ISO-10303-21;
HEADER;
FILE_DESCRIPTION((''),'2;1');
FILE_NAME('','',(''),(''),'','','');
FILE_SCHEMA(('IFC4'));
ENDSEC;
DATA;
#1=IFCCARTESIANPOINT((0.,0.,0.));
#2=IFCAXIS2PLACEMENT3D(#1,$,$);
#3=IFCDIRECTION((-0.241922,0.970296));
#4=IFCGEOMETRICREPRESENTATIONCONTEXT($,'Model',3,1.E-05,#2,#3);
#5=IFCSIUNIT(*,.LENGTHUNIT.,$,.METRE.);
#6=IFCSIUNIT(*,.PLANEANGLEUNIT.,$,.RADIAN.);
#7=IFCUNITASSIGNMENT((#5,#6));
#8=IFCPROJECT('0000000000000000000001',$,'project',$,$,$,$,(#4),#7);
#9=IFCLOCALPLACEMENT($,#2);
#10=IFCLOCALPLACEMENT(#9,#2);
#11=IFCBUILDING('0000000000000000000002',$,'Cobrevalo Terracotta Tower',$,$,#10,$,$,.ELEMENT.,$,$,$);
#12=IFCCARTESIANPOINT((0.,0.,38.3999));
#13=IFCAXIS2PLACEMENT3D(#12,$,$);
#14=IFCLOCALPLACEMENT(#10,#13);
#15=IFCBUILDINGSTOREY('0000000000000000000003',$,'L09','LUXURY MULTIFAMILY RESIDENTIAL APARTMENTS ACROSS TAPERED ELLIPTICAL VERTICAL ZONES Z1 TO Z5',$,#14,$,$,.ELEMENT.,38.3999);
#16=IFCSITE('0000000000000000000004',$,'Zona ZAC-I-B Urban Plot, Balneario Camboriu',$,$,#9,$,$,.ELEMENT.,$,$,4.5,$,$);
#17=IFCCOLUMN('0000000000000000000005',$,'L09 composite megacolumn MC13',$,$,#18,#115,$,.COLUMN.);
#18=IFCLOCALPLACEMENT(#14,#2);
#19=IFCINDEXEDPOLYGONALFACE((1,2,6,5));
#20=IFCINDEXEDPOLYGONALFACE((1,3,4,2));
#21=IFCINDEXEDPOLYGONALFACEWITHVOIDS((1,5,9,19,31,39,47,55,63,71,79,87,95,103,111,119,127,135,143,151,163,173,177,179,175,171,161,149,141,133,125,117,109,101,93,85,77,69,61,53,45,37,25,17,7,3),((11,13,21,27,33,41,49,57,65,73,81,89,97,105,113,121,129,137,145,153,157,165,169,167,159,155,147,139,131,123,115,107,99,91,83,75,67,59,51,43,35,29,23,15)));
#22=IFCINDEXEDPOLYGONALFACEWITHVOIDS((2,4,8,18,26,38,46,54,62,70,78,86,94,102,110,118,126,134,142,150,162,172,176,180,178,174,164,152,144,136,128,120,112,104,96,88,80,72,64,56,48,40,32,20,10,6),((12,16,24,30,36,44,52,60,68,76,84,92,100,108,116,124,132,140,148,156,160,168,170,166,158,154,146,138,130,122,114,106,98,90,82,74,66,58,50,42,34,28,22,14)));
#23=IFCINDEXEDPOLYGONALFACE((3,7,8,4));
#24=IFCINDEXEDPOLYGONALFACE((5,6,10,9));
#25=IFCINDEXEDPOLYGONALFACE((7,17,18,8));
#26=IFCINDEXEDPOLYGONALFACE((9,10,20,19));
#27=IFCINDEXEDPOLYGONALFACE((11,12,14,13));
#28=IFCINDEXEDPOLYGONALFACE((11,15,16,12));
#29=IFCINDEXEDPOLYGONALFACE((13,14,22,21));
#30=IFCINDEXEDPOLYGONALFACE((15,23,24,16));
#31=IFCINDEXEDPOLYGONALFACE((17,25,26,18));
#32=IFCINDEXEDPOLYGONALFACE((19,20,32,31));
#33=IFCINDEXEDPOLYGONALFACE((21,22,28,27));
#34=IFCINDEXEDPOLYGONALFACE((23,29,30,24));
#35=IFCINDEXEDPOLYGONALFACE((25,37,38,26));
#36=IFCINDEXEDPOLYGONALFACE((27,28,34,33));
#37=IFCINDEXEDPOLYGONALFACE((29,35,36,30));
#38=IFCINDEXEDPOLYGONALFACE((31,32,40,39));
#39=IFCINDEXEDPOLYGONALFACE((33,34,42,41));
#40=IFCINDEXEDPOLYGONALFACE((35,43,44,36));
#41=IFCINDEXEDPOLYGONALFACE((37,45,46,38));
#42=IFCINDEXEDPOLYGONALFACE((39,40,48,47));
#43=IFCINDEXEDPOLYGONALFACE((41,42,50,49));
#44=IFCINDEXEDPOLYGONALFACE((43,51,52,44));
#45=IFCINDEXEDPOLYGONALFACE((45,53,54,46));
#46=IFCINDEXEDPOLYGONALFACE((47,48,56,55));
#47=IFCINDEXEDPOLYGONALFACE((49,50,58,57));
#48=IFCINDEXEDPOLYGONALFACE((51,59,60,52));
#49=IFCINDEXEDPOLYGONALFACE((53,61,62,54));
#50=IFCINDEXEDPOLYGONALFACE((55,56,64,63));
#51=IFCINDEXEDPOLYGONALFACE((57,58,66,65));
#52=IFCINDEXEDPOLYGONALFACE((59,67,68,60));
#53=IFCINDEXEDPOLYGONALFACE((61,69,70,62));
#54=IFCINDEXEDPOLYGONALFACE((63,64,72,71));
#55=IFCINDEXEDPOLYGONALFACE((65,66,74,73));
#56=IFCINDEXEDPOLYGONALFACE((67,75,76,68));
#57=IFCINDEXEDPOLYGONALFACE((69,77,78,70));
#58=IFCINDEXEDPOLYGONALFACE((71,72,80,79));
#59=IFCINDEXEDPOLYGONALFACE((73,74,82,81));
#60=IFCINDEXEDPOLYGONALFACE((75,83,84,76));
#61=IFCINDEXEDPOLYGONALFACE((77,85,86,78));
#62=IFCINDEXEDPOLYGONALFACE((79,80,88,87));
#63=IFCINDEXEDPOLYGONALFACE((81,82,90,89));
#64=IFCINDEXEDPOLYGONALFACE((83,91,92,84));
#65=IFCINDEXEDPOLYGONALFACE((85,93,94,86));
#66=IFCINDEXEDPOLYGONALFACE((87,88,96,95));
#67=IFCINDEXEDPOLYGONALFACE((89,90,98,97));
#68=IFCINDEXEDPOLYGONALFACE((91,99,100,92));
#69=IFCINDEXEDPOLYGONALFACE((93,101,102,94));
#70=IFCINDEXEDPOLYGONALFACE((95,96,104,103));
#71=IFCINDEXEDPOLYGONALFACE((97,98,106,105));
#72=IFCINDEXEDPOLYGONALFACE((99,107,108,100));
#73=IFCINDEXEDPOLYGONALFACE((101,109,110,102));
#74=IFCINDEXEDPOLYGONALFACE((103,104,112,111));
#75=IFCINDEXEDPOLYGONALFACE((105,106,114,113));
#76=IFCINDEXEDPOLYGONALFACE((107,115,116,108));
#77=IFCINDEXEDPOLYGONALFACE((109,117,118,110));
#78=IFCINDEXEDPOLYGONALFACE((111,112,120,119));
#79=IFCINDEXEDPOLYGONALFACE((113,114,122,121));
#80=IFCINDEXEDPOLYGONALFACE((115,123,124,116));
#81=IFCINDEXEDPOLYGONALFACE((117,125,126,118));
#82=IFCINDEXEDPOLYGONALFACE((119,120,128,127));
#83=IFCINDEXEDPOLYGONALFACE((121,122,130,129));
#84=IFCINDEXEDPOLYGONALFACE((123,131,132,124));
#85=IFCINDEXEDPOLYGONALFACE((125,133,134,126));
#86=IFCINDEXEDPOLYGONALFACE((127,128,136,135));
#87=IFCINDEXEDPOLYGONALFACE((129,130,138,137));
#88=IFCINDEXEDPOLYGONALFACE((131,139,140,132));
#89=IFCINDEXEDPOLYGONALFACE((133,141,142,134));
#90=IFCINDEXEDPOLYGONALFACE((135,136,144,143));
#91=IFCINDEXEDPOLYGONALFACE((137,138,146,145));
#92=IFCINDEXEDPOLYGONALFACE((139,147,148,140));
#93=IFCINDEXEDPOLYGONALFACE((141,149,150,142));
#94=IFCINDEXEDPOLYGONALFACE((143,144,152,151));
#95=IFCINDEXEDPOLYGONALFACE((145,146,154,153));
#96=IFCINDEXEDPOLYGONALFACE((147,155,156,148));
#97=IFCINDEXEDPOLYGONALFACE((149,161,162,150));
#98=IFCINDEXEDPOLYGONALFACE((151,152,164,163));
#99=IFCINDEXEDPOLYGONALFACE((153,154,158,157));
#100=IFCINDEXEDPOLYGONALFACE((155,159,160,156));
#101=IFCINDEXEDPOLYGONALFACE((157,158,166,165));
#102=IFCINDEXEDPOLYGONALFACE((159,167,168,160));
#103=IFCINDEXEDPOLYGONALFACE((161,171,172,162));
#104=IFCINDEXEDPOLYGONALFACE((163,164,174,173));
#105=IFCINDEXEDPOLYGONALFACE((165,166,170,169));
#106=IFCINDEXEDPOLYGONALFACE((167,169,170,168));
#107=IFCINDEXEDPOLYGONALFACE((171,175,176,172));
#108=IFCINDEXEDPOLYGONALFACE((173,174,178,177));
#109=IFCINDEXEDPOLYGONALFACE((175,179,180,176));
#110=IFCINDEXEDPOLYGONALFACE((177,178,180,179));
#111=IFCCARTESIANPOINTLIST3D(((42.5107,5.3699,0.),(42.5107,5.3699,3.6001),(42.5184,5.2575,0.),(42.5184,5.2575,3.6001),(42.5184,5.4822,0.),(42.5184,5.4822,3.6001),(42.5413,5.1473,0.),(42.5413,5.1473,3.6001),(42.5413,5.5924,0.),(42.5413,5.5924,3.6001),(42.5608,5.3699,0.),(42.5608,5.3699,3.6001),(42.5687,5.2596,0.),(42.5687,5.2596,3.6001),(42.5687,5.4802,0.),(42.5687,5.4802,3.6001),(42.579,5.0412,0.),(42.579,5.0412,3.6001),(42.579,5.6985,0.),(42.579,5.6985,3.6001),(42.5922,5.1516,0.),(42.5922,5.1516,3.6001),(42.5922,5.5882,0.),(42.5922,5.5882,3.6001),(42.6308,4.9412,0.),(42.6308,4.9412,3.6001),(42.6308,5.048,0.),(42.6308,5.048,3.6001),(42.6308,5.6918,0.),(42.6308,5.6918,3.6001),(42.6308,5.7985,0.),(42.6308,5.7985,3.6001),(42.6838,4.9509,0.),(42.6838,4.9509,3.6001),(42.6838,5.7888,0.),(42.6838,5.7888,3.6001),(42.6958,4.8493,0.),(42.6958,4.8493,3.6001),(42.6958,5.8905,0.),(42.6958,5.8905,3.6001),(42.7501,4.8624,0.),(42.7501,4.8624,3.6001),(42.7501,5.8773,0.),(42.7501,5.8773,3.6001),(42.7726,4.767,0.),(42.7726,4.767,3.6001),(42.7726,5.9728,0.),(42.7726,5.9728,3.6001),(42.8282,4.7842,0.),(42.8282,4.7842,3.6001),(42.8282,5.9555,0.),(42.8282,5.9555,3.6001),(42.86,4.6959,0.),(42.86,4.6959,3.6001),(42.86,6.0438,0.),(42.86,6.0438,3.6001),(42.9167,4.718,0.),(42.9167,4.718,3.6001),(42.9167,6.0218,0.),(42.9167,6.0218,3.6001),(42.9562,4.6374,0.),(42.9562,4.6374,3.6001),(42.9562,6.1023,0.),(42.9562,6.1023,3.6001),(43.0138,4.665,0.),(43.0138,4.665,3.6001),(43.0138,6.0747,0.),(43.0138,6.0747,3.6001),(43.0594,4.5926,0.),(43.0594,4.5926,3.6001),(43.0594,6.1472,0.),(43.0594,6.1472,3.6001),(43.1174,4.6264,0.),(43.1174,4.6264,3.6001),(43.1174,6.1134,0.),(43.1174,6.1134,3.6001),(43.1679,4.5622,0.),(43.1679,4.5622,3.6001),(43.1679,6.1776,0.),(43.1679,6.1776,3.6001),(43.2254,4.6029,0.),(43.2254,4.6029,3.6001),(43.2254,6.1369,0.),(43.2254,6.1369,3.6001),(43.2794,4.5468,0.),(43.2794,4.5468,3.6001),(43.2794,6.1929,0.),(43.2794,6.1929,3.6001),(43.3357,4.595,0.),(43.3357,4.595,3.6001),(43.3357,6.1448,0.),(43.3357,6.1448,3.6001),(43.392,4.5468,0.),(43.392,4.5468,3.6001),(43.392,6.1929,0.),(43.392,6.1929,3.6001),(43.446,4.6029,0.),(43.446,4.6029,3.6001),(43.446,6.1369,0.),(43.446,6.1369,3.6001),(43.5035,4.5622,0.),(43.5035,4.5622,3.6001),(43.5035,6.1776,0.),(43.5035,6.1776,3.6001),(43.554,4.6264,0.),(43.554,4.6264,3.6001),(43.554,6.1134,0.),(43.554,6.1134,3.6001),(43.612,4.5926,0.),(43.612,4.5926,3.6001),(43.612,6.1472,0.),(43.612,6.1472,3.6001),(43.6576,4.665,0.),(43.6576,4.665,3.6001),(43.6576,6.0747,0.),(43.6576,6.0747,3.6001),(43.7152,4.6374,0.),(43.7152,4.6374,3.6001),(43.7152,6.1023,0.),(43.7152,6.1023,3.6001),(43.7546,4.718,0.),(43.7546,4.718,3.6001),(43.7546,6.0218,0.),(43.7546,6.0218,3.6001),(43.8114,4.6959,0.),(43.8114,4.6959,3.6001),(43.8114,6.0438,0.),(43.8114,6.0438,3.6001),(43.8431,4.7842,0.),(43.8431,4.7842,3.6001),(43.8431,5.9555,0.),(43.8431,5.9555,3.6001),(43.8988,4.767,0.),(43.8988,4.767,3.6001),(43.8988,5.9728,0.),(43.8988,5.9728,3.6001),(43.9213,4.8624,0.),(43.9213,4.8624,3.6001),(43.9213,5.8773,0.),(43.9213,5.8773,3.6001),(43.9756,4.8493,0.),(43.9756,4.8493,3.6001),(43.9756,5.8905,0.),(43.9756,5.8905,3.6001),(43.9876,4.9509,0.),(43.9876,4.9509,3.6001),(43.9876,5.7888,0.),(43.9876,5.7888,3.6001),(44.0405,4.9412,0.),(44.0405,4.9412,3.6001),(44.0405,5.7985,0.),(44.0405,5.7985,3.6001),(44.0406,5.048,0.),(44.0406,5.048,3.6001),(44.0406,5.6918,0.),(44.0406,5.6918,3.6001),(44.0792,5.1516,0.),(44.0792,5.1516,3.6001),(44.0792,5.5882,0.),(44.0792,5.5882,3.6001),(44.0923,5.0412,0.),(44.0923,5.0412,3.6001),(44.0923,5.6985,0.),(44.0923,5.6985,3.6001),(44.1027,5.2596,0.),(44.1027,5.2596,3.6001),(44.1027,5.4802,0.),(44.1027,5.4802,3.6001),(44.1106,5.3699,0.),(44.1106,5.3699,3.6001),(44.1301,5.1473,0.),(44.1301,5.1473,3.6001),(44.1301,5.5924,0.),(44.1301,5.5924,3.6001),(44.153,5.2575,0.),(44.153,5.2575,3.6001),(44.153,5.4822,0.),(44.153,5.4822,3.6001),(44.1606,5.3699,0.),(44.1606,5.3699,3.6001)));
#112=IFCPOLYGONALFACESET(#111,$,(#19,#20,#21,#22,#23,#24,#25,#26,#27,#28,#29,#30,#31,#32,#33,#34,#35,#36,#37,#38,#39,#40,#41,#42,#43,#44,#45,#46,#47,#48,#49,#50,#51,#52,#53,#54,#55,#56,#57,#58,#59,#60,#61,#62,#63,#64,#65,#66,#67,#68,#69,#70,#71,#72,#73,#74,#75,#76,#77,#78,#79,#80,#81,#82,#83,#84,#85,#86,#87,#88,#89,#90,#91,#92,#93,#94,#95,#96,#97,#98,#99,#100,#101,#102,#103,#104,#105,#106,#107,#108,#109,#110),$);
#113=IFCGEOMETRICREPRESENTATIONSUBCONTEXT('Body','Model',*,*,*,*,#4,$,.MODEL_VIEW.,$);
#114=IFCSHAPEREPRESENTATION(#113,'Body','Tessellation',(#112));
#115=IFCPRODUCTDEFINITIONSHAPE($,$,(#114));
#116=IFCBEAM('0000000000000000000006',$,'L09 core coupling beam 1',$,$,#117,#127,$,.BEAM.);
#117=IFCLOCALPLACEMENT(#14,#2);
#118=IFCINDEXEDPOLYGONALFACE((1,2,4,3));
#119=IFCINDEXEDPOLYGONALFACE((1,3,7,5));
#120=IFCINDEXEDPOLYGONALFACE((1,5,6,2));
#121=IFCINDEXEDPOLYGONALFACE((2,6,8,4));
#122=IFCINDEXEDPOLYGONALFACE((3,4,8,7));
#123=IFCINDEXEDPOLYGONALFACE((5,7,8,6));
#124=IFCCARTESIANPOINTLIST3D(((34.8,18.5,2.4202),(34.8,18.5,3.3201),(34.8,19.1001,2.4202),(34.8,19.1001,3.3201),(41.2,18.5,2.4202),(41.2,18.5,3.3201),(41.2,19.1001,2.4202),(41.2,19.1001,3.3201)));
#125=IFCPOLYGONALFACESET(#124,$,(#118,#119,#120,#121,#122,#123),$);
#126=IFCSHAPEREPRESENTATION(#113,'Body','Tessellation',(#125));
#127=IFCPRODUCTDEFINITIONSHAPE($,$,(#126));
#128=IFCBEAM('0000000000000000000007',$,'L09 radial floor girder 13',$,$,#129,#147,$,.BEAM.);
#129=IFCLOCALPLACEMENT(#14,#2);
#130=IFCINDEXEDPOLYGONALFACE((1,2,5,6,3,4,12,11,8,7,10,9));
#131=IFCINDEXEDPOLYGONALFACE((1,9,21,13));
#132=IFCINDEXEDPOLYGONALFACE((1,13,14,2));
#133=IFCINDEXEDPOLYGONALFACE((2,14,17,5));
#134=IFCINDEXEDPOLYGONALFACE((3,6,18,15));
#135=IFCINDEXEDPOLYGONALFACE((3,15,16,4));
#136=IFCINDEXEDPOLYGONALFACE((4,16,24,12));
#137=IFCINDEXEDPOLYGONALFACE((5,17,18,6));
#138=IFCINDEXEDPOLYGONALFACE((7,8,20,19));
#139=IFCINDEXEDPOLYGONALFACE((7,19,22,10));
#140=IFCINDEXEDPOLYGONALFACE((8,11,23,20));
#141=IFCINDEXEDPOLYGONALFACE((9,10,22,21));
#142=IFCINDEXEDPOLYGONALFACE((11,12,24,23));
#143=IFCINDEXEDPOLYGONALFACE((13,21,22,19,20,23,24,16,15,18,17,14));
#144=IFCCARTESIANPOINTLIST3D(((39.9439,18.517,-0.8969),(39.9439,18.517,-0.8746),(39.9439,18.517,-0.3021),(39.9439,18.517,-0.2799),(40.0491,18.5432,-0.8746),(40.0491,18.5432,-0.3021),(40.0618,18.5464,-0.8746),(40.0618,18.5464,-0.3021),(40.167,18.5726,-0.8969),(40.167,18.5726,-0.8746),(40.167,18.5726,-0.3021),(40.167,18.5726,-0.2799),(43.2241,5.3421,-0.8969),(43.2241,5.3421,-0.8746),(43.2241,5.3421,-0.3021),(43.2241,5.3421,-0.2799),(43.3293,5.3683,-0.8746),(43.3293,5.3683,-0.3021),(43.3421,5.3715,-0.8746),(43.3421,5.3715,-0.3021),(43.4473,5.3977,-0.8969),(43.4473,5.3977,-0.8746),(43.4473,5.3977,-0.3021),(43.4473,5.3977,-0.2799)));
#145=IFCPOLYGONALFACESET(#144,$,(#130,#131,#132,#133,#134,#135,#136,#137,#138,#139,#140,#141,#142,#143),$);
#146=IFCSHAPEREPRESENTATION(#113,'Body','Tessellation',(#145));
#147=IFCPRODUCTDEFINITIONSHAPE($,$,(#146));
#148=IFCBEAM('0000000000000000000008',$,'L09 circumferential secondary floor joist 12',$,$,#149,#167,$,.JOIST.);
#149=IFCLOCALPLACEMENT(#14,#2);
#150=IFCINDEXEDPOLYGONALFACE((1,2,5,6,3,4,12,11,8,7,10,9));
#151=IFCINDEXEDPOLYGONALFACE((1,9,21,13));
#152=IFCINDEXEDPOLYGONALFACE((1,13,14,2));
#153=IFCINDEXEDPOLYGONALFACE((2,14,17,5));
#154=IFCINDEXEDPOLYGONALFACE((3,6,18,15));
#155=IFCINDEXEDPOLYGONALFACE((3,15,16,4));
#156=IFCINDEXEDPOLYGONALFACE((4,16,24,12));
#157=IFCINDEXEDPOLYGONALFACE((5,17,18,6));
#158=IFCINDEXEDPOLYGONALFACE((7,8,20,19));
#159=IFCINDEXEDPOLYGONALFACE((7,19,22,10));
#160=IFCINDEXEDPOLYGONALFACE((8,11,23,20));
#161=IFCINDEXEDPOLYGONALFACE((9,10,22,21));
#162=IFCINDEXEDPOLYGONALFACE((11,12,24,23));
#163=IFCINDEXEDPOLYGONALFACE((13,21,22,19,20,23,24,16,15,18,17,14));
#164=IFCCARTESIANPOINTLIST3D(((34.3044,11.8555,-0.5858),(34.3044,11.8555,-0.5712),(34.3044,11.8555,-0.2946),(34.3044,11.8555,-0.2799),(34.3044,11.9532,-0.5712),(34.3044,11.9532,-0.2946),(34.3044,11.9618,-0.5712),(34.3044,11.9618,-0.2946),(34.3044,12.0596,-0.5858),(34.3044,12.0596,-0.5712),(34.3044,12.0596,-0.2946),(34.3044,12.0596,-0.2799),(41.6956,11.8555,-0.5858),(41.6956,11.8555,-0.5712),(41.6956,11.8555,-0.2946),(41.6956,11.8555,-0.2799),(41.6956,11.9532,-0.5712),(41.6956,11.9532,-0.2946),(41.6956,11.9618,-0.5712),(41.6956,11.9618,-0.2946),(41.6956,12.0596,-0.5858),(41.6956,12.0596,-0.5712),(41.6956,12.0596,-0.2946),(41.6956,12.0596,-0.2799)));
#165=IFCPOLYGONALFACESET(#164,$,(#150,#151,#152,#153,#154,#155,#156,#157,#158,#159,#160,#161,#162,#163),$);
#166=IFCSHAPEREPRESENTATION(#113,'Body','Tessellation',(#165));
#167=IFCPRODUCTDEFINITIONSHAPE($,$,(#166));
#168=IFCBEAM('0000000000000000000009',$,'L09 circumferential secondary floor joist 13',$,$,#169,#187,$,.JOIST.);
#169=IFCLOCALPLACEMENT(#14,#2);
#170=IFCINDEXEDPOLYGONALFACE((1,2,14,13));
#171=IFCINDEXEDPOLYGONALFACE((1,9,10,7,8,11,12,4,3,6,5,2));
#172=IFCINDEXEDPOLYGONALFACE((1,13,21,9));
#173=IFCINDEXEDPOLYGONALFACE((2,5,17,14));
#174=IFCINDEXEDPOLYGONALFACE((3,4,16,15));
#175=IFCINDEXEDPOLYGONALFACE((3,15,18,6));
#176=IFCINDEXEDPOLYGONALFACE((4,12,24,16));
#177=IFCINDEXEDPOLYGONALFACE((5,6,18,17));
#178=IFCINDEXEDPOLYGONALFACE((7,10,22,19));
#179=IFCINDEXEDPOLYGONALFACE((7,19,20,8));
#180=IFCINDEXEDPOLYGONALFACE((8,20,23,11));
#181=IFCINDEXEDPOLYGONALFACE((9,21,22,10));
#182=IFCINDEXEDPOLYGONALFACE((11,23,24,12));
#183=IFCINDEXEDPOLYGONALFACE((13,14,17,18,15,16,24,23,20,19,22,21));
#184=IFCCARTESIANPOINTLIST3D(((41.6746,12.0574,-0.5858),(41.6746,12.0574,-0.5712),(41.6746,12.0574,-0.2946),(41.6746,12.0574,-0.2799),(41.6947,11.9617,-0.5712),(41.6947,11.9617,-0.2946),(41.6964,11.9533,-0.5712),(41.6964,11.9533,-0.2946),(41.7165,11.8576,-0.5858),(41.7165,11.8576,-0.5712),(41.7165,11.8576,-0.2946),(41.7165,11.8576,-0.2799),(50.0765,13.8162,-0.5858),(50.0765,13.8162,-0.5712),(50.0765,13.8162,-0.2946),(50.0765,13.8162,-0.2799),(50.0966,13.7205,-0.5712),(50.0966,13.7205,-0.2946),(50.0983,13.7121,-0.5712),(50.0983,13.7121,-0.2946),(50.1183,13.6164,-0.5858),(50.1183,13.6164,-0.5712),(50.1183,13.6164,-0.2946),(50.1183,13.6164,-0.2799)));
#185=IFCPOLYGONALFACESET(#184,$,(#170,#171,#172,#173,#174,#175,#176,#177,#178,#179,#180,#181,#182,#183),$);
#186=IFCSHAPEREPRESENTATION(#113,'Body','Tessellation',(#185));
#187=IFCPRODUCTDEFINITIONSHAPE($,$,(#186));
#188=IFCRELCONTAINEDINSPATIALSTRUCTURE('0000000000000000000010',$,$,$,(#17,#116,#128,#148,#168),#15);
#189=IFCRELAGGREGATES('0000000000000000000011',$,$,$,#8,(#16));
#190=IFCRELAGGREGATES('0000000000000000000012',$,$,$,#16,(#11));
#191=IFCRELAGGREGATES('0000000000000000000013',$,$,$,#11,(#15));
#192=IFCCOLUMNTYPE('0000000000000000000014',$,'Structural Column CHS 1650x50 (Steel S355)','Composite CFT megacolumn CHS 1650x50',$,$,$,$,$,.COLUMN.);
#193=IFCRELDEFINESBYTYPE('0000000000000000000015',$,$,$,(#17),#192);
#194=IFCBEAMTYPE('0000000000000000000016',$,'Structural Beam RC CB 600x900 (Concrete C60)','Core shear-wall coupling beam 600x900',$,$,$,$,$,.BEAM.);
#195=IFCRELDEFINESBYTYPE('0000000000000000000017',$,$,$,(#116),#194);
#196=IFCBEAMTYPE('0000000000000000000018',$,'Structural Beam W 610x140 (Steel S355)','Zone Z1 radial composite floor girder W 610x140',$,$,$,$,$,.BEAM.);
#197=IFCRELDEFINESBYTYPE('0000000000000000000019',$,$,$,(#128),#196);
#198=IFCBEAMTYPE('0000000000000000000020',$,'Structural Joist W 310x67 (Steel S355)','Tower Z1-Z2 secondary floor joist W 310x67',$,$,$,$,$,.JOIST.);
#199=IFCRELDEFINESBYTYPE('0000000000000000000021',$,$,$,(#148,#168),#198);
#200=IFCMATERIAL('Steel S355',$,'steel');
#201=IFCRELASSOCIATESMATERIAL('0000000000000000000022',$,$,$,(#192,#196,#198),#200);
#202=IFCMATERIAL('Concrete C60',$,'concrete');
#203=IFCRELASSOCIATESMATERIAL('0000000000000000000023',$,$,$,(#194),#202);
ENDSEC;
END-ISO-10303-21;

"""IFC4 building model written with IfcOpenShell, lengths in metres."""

from ifc_helpers import new_model, si_unit, direction, frame, origin, origin_2d, place, context, subcontext, project, spatial, rectangle, hollow_circle, i_section, extrude, material, material_profile, profile_set, type_object, element, save


model = new_model("IFC4")

# Units and contexts
model_context = context("Model", 3, precision=1e-05, world=origin(), true_north=direction((-0.241922, 0.970296)))
body_context = subcontext(model_context, "Body", "Model", "MODEL_VIEW")
ifc_project = project(units=[si_unit("LENGTHUNIT", "METRE"), si_unit("PLANEANGLEUNIT", "RADIAN")], contexts=[model_context])

# Site, building, storey
site_placement = place(None, origin())
site = spatial("IfcSite", under=ifc_project, at=site_placement, Name="Zona ZAC-I-B Urban Plot, Balneario Camboriu", CompositionType="ELEMENT", RefElevation=4.5)
building_placement = place(site_placement, origin())
building = spatial("IfcBuilding", under=site, at=building_placement, Name="Cobrevalo Terracotta Tower", CompositionType="ELEMENT")
storey_placement = place(building_placement, frame((0.0, 0.0, 38.3999)))
storey = spatial("IfcBuildingStorey", under=building, at=storey_placement, Name="L09", Description="LUXURY MULTIFAMILY RESIDENTIAL APARTMENTS ACROSS TAPERED ELLIPTICAL VERTICAL ZONES Z1 TO Z5", CompositionType="ELEMENT", Elevation=38.3999)

# Column
ifc_material_1 = material(Name="Steel S355", Category="steel")
ifc_material_profile_1 = material_profile(ifc_material_1, hollow_circle(Radius=0.825, WallThickness=0.05, at=origin_2d()), Name="CHS 1650x50")
ifc_profile_set_1 = profile_set([ifc_material_profile_1], Name="Steel S355")
column_type = type_object("IfcColumnType", Name="Structural Column CHS 1650x50 (Steel S355)", Description="Composite CFT megacolumn CHS 1650x50", PredefinedType="COLUMN", material=ifc_profile_set_1)
column_placement = place(storey_placement, frame((43.3357, 5.3699, 0.0), z_axis=(0.0, 0.0, 1.0), x_axis=(1.0, 0.0, 0.0)))
element("IfcColumn", 1, at=column_placement, inside=storey, type_object=column_type, Name="L09 composite megacolumn MC13", PredefinedType="COLUMN", context=body_context, shape_type="SweptSolid", body=[
    extrude(hollow_circle(Radius=0.825, WallThickness=0.05, at=origin_2d()), origin(), (0.0, 0.0, 1.0), 3.6001),
])

# Beams
ifc_material_2 = material(Name="Concrete C60", Category="concrete")
ifc_material_profile_2 = material_profile(ifc_material_2, rectangle(XDim=0.6001, YDim=0.8999, at=origin_2d()), Name="RC CB 600x900")
ifc_profile_set_2 = profile_set([ifc_material_profile_2], Name="Concrete C60")
beam_type_1 = type_object("IfcBeamType", Name="Structural Beam RC CB 600x900 (Concrete C60)", Description="Core shear-wall coupling beam 600x900", PredefinedType="BEAM", material=ifc_profile_set_2)
beam_1_placement = place(storey_placement, frame((34.8, 18.8, 2.8701), z_axis=(1.0, 0.0, 0.0), x_axis=(0.0, 1.0, 0.0)))
element("IfcBeam", 2, at=beam_1_placement, inside=storey, type_object=beam_type_1, Name="L09 core coupling beam 1", PredefinedType="BEAM", context=body_context, shape_type="SweptSolid", body=[
    extrude(rectangle(XDim=0.6001, YDim=0.8999, at=origin_2d()), origin(), (0.0, 0.0, 1.0), 6.3999),
])
ifc_material_profile_3 = material_profile(ifc_material_1, i_section(OverallWidth=0.23, OverallDepth=0.6169, WebThickness=0.0132, FlangeThickness=0.0222, at=origin_2d()), Name="W 610x140")
ifc_profile_set_3 = profile_set([ifc_material_profile_3], Name="Steel S355")
beam_type_2 = type_object("IfcBeamType", Name="Structural Beam W 610x140 (Steel S355)", Description="Zone Z1 radial composite floor girder W 610x140", PredefinedType="BEAM", material=ifc_profile_set_3)
beam_2_placement = place(storey_placement, frame((43.3357, 5.3699, -0.5884), z_axis=(-0.2416, 0.970376, 0.0), x_axis=(-0.970376, -0.2416, 0.0)))
element("IfcBeam", 3, at=beam_2_placement, inside=storey, type_object=beam_type_2, Name="L09 radial floor girder 13", PredefinedType="BEAM", context=body_context, shape_type="SweptSolid", body=[
    extrude(i_section(OverallWidth=0.23, OverallDepth=0.6169, WebThickness=0.0132, FlangeThickness=0.0222, at=origin_2d()), origin(), (0.0, 0.0, 1.0), 13.5771),
])
ifc_material_profile_4 = material_profile(ifc_material_1, i_section(OverallWidth=0.2041, OverallDepth=0.3059, WebThickness=0.0085, FlangeThickness=0.0146, at=origin_2d()), Name="W 310x67")
ifc_profile_set_4 = profile_set([ifc_material_profile_4], Name="Steel S355")
beam_type_3 = type_object("IfcBeamType", Name="Structural Joist W 310x67 (Steel S355)", Description="Tower Z1-Z2 secondary floor joist W 310x67", PredefinedType="JOIST", material=ifc_profile_set_4)
beam_3_placement = place(storey_placement, frame((34.3044, 11.9575, -0.4329), z_axis=(1.0, 0.0, 0.0), x_axis=(0.0, 1.0, 0.0)))
element("IfcBeam", 4, at=beam_3_placement, inside=storey, type_object=beam_type_3, Name="L09 circumferential secondary floor joist 12", PredefinedType="JOIST", context=body_context, shape_type="SweptSolid", body=[
    extrude(i_section(OverallWidth=0.2041, OverallDepth=0.3059, WebThickness=0.0085, FlangeThickness=0.0146, at=origin_2d()), origin(), (0.0, 0.0, 1.0), 7.3911),
])
beam_4_placement = place(storey_placement, frame((41.6956, 11.9575, -0.4329), z_axis=(0.978785, 0.204892, 0.0), x_axis=(-0.204892, 0.978785, 0.0)))
element("IfcBeam", 5, at=beam_4_placement, inside=storey, type_object=beam_type_3, Name="L09 circumferential secondary floor joist 13", PredefinedType="JOIST", context=body_context, shape_type="SweptSolid", body=[
    extrude(i_section(OverallWidth=0.2041, OverallDepth=0.3059, WebThickness=0.0085, FlangeThickness=0.0146, at=origin_2d()), origin(), (0.0, 0.0, 1.0), 8.584),
])

save(model, "model.ifc")
